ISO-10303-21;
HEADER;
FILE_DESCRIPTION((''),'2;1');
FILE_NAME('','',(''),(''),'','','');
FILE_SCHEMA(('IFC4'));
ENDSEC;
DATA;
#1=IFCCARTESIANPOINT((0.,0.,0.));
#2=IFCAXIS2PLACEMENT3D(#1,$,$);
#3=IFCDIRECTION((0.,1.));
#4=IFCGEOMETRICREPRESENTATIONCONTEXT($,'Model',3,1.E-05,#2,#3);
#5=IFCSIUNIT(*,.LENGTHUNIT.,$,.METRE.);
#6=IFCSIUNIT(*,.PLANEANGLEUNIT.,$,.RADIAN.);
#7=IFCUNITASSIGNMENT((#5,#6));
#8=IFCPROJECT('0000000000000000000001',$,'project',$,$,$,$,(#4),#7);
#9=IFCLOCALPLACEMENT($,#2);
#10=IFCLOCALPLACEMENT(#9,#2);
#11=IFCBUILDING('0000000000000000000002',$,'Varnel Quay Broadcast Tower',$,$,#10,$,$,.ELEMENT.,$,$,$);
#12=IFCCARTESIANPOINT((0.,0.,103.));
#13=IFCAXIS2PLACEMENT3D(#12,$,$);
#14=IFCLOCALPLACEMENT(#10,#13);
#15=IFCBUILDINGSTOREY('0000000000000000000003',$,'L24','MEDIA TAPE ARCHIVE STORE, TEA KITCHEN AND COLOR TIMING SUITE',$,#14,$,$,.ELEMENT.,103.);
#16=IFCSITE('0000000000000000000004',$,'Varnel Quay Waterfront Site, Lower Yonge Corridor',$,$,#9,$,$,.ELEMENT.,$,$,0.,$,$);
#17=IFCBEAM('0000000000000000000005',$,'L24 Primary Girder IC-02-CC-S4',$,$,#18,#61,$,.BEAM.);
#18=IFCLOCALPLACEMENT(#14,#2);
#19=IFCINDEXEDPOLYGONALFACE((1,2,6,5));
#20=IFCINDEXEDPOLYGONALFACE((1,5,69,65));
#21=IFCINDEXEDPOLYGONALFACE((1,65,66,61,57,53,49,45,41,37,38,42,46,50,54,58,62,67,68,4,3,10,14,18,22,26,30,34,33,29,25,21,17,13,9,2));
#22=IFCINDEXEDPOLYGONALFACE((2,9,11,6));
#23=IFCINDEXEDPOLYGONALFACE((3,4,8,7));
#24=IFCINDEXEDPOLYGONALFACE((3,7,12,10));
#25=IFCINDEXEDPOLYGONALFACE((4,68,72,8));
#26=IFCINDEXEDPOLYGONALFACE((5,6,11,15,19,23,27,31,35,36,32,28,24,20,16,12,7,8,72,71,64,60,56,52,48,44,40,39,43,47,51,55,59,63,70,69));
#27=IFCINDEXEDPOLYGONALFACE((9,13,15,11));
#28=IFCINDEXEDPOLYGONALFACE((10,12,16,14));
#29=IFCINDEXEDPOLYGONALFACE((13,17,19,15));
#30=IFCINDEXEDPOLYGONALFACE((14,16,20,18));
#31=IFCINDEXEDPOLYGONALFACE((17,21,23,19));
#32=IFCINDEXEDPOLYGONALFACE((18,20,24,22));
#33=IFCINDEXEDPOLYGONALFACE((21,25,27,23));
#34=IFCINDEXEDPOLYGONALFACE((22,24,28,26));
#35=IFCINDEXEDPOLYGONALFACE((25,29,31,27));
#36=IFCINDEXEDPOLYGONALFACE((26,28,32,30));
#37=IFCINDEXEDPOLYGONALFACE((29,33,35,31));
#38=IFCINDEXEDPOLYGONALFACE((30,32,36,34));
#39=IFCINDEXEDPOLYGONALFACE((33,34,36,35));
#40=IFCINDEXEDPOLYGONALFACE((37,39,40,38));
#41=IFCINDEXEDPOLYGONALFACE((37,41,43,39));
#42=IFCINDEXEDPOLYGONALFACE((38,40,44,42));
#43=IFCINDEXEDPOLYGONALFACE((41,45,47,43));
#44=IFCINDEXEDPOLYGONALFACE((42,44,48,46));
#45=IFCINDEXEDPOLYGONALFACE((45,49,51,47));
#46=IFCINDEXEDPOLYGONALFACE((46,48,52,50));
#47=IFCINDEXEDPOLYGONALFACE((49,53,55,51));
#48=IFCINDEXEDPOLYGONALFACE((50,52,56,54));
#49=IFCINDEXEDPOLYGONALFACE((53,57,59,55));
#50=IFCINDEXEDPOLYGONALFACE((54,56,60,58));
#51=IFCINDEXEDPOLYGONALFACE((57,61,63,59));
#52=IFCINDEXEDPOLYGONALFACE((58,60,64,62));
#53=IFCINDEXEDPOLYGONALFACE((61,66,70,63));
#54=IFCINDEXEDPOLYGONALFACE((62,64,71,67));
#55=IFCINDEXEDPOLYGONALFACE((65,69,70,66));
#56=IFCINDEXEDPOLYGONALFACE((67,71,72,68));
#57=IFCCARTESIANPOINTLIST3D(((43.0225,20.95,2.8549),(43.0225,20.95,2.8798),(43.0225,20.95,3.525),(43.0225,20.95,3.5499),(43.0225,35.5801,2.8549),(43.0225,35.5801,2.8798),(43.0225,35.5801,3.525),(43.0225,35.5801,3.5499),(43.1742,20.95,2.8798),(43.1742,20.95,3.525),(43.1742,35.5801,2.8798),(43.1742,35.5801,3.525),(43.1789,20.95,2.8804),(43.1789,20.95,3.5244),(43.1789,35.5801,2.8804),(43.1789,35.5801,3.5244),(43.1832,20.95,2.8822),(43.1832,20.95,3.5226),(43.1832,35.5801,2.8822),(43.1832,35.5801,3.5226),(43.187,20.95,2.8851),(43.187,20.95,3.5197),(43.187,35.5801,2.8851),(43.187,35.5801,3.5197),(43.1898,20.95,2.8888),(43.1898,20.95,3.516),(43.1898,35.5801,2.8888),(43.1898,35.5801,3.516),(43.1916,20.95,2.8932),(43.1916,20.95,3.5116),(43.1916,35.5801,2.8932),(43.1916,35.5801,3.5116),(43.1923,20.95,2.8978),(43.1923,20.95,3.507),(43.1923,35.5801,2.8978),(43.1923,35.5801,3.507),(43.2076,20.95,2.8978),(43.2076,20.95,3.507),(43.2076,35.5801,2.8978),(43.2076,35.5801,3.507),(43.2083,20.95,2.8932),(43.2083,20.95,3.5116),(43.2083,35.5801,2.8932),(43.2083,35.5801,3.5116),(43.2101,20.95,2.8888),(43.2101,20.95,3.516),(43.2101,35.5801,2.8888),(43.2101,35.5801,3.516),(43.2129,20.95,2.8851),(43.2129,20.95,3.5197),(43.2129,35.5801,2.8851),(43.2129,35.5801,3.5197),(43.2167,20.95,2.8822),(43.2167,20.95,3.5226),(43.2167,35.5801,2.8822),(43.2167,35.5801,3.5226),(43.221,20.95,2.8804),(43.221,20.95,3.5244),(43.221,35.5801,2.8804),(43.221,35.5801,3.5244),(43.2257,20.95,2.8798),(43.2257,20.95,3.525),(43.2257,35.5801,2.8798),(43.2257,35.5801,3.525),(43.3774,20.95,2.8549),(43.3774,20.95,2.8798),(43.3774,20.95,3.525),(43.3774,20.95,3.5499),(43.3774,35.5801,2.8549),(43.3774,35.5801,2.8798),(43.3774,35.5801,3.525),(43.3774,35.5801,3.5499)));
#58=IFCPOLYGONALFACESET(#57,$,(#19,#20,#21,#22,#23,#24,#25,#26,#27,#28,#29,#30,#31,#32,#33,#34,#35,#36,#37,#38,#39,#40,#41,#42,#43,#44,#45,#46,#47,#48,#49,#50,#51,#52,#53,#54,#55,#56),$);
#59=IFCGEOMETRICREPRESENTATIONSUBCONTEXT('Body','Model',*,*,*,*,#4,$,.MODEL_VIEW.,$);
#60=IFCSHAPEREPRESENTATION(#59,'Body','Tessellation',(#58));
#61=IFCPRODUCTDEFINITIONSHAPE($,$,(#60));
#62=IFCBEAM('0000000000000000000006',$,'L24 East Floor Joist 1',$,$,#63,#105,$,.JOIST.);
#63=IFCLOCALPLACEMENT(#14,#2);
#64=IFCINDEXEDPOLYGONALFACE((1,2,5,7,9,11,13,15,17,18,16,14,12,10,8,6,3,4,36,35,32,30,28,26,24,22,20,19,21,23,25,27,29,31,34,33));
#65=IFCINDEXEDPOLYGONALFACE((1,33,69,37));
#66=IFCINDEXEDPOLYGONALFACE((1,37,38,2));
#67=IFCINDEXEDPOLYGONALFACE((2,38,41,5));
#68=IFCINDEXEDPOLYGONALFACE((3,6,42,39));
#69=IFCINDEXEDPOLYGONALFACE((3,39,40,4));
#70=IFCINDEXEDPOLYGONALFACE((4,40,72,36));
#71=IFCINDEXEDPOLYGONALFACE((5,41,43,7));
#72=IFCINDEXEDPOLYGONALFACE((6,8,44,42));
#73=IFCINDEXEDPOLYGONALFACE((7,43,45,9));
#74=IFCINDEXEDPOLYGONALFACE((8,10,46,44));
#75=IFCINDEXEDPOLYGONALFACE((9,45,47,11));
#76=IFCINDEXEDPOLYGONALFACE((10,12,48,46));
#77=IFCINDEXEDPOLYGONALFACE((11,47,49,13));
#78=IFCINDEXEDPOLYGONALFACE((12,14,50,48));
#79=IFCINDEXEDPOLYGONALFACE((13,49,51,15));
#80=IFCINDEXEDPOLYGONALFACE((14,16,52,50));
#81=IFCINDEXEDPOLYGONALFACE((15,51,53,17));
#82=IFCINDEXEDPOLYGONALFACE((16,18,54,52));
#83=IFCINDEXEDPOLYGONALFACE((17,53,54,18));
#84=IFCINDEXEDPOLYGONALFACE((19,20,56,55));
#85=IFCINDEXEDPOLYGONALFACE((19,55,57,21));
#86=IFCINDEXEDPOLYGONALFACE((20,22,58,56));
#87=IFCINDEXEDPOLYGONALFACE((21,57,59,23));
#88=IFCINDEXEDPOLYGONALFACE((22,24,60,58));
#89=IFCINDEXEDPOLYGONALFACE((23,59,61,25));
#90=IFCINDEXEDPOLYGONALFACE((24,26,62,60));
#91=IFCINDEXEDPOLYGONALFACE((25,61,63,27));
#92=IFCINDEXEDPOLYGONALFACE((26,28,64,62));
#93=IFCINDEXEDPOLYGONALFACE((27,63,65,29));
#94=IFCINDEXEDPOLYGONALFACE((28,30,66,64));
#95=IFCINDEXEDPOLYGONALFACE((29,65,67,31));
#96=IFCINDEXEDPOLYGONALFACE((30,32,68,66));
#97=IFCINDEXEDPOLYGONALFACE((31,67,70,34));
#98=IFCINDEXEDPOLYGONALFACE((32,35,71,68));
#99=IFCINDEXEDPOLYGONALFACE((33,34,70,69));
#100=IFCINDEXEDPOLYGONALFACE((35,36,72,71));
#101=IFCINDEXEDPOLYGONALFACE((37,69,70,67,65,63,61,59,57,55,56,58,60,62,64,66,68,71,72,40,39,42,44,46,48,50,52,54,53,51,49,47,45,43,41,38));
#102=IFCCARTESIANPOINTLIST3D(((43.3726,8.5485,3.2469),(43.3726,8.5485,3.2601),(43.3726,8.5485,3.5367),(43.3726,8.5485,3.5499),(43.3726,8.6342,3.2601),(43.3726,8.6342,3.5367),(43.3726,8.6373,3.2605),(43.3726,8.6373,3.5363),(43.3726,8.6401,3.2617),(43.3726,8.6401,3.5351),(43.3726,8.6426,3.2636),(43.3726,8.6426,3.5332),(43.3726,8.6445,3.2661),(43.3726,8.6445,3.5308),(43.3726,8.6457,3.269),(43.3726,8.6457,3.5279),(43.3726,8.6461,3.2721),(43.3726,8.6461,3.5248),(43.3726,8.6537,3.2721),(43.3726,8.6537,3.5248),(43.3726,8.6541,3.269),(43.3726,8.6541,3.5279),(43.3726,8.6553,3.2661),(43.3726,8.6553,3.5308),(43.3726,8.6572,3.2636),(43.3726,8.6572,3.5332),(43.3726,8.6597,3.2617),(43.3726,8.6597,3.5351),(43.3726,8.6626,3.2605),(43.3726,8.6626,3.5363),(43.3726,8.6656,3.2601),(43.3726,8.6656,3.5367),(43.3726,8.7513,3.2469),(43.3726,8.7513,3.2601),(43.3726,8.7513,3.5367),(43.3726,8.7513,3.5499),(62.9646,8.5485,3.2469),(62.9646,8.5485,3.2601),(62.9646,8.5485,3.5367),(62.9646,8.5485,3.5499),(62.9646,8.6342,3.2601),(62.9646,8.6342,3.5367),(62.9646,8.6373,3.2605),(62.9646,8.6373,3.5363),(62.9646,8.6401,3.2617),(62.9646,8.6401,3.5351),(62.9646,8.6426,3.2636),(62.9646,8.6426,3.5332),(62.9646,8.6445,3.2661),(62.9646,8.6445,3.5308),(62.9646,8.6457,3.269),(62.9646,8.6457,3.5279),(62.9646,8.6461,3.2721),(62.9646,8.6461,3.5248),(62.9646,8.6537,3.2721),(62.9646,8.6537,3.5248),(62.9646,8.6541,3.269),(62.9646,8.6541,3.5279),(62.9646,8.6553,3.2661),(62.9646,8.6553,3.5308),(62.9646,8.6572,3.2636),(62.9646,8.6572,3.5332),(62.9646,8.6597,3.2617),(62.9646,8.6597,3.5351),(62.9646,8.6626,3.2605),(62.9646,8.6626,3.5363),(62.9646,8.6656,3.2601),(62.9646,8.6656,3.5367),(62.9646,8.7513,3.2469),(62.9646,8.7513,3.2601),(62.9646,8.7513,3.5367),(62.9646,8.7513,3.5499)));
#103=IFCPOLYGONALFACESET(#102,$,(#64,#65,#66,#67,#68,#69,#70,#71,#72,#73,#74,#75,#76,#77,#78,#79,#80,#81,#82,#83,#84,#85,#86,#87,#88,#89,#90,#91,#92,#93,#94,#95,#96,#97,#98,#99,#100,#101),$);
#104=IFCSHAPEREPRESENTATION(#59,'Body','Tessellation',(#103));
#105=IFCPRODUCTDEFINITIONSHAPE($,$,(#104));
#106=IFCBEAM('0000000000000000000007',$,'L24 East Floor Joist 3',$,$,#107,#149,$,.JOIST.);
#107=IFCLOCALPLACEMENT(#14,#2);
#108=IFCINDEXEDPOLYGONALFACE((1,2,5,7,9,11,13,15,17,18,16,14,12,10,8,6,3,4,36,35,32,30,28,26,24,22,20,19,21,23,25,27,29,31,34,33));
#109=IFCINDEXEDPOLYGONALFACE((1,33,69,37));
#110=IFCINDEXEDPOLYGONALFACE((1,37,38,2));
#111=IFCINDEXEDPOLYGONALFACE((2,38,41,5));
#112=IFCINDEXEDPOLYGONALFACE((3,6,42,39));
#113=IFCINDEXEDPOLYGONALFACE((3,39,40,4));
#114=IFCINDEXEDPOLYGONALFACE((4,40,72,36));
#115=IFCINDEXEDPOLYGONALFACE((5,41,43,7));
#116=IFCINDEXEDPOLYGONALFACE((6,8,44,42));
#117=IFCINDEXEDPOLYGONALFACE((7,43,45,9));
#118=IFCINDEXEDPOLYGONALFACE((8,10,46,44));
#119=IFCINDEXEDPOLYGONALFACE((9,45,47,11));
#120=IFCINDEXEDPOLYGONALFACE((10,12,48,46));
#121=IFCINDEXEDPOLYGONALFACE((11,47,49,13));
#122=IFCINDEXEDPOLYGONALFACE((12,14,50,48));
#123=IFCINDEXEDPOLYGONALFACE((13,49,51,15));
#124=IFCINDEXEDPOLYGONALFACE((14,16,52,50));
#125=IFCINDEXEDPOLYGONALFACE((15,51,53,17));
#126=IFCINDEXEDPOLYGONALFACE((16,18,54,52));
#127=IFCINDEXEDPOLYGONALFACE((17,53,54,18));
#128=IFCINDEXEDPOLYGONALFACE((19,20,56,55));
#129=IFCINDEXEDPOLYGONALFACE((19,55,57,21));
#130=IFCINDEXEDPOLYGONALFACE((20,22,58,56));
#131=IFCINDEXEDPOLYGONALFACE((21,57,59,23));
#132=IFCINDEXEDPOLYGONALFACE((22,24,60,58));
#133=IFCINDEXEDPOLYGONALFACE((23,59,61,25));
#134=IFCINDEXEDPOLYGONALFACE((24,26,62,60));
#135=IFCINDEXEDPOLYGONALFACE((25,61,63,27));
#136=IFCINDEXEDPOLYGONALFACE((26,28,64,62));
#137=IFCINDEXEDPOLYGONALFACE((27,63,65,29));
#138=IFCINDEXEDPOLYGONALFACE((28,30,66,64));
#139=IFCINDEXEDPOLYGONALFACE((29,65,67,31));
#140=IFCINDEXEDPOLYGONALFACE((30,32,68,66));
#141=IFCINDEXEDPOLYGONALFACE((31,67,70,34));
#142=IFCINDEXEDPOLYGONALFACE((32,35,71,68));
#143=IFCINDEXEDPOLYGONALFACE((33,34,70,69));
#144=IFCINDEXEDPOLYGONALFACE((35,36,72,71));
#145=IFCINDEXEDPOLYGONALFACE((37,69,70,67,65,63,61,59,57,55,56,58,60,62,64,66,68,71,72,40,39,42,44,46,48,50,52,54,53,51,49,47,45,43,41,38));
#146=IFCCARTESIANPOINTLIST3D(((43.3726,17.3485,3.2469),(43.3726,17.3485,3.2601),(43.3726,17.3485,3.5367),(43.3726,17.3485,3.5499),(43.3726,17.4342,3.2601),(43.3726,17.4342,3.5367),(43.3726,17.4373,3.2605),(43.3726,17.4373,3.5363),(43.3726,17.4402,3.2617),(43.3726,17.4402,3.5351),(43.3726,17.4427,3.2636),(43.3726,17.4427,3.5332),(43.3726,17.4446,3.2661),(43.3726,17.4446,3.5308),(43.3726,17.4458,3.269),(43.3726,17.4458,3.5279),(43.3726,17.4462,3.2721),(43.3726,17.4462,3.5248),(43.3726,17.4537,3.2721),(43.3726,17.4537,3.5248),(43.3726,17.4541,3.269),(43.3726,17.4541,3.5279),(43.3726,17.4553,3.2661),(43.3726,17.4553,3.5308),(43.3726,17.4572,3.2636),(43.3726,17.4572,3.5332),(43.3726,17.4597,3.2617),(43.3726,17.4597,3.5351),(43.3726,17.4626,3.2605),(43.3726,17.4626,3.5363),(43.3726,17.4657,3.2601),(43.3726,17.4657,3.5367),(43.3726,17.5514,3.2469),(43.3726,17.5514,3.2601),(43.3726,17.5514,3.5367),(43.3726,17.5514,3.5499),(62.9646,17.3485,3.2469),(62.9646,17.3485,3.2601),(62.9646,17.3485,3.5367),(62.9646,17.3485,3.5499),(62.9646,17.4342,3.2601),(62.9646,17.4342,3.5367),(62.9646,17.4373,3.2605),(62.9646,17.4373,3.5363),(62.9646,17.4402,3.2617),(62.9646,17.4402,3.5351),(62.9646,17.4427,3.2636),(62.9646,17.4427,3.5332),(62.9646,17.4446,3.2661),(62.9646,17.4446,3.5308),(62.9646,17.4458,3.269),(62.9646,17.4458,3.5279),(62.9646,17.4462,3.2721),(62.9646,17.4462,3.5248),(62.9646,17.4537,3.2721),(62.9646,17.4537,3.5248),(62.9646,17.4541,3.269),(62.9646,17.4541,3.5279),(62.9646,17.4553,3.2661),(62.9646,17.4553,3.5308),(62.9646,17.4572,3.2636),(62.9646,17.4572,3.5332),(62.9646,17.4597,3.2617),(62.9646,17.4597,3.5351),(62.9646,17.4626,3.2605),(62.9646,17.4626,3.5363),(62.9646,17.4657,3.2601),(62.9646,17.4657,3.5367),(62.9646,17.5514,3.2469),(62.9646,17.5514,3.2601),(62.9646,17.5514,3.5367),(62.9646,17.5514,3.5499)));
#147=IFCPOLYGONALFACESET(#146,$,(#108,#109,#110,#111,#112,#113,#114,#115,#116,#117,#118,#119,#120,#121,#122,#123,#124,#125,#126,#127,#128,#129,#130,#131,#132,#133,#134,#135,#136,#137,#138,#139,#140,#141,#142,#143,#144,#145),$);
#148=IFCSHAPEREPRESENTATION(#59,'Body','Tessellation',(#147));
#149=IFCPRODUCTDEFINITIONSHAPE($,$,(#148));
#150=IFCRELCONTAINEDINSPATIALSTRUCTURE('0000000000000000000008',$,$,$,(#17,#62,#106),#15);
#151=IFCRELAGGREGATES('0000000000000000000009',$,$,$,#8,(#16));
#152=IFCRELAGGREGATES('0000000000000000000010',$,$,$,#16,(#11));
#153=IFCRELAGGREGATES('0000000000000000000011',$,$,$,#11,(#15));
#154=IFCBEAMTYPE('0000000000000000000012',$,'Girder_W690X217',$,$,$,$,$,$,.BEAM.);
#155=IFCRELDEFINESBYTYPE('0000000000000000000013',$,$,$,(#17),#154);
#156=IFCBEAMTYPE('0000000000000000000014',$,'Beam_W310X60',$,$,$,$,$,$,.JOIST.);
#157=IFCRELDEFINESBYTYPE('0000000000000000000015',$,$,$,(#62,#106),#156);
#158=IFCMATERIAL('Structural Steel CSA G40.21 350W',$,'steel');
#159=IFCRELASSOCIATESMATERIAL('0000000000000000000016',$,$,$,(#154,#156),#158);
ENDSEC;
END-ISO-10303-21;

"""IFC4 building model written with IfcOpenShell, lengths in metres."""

from ifc_helpers import new_model, si_unit, direction, frame, origin, origin_2d, place, context, subcontext, project, spatial, i_section, extrude, source, transform, mapped, material, material_profile, profile_set, type_object, type_shapes, element, save


model = new_model("IFC4")

# Units and contexts
model_context = context("Model", 3, precision=1e-05, world=origin(), true_north=direction((0.0, 1.0)))
body_context = subcontext(model_context, "Body", "Model", "MODEL_VIEW")
ifc_project = project(units=[si_unit("LENGTHUNIT", "METRE"), si_unit("PLANEANGLEUNIT", "RADIAN")], contexts=[model_context])

# Site, building, storey
site_placement = place(None, origin())
site = spatial("IfcSite", under=ifc_project, at=site_placement, Name="Varnel Quay Waterfront Site, Lower Yonge Corridor", CompositionType="ELEMENT", RefElevation=0.0)
building_placement = place(site_placement, origin())
building = spatial("IfcBuilding", under=site, at=building_placement, Name="Varnel Quay Broadcast Tower", CompositionType="ELEMENT")
storey_placement = place(building_placement, frame((0.0, 0.0, 103.0)))
storey = spatial("IfcBuildingStorey", under=building, at=storey_placement, Name="L24", Description="MEDIA TAPE ARCHIVE STORE, TEA KITCHEN AND COLOR TIMING SUITE", CompositionType="ELEMENT", Elevation=103.0)

# Shared definitions
ifc_material_1 = material(Name="Structural Steel CSA G40.21 350W", Category="steel")

# Beams
ifc_material_profile_1 = material_profile(ifc_material_1, i_section(OverallWidth=0.355, OverallDepth=0.6951, WebThickness=0.0154, FlangeThickness=0.0249, FilletRadius=0.0181, at=origin_2d()), Name="W690X217")
ifc_profile_set_1 = profile_set([ifc_material_profile_1], Name="Structural Steel CSA G40.21 350W")
beam_type_1 = type_object("IfcBeamType", Name="Girder_W690X217", PredefinedType="BEAM", material=ifc_profile_set_1)
shared_shape_1 = source(origin(), body_context, "Body", "SweptSolid", [
    extrude(i_section(OverallWidth=0.355, OverallDepth=0.6951, WebThickness=0.0154, FlangeThickness=0.0249, FilletRadius=0.0181, at=origin_2d()), origin(), (0.0, 0.0, 1.0), 14.6301),
])
beam_1_placement = place(storey_placement, frame((43.2, 20.95, 3.2024), z_axis=(0.0, 1.0, 0.0), x_axis=(-1.0, 0.0, 0.0)))
element("IfcBeam", 1, at=beam_1_placement, inside=storey, type_object=beam_type_1, Name="L24 Primary Girder IC-02-CC-S4", PredefinedType="BEAM", context=body_context, shape_type="MappedRepresentation", body=[
    mapped(shared_shape_1, transform((0.0, 0.0, 0.0), x_axis=(1.0, 0.0, 0.0), y_axis=(0.0, 1.0, 0.0), z_axis=(0.0, 0.0, 1.0), scale=1.0)),
])
ifc_material_profile_2 = material_profile(ifc_material_1, i_section(OverallWidth=0.2029, OverallDepth=0.303, WebThickness=0.0076, FlangeThickness=0.0132, FilletRadius=0.012, at=origin_2d()), Name="W310X60")
ifc_profile_set_2 = profile_set([ifc_material_profile_2], Name="Structural Steel CSA G40.21 350W")
beam_type_2 = type_object("IfcBeamType", Name="Beam_W310X60", PredefinedType="JOIST", material=ifc_profile_set_2)
shared_shape_2 = source(origin(), body_context, "Body", "SweptSolid", [
    extrude(i_section(OverallWidth=0.2029, OverallDepth=0.303, WebThickness=0.0076, FlangeThickness=0.0132, FilletRadius=0.012, at=origin_2d()), origin(), (0.0, 0.0, 1.0), 19.592),
])
type_shapes(beam_type_2, [shared_shape_2])
for number, where, z_axis, x_axis, name in (
    (2, (43.3726, 8.6499, 3.3984), (1.0, 0.0, 0.0), (0.0, 1.0, 0.0), "L24 East Floor Joist 1"),
    (3, (43.3726, 17.45, 3.3984), (1.0, 0.0, 0.0), (0.0, 1.0, 0.0), "L24 East Floor Joist 3"),
):
    element("IfcBeam", number, at=place(storey_placement, frame(where, z_axis=z_axis, x_axis=x_axis)), inside=storey, type_object=beam_type_2, Name=name, PredefinedType="JOIST", context=body_context, shape_type="MappedRepresentation", body=[
        mapped(shared_shape_2, transform((0.0, 0.0, 0.0), x_axis=(1.0, 0.0, 0.0), y_axis=(0.0, 1.0, 0.0), z_axis=(0.0, 0.0, 1.0), scale=1.0)),
    ])

save(model, "model.ifc")
